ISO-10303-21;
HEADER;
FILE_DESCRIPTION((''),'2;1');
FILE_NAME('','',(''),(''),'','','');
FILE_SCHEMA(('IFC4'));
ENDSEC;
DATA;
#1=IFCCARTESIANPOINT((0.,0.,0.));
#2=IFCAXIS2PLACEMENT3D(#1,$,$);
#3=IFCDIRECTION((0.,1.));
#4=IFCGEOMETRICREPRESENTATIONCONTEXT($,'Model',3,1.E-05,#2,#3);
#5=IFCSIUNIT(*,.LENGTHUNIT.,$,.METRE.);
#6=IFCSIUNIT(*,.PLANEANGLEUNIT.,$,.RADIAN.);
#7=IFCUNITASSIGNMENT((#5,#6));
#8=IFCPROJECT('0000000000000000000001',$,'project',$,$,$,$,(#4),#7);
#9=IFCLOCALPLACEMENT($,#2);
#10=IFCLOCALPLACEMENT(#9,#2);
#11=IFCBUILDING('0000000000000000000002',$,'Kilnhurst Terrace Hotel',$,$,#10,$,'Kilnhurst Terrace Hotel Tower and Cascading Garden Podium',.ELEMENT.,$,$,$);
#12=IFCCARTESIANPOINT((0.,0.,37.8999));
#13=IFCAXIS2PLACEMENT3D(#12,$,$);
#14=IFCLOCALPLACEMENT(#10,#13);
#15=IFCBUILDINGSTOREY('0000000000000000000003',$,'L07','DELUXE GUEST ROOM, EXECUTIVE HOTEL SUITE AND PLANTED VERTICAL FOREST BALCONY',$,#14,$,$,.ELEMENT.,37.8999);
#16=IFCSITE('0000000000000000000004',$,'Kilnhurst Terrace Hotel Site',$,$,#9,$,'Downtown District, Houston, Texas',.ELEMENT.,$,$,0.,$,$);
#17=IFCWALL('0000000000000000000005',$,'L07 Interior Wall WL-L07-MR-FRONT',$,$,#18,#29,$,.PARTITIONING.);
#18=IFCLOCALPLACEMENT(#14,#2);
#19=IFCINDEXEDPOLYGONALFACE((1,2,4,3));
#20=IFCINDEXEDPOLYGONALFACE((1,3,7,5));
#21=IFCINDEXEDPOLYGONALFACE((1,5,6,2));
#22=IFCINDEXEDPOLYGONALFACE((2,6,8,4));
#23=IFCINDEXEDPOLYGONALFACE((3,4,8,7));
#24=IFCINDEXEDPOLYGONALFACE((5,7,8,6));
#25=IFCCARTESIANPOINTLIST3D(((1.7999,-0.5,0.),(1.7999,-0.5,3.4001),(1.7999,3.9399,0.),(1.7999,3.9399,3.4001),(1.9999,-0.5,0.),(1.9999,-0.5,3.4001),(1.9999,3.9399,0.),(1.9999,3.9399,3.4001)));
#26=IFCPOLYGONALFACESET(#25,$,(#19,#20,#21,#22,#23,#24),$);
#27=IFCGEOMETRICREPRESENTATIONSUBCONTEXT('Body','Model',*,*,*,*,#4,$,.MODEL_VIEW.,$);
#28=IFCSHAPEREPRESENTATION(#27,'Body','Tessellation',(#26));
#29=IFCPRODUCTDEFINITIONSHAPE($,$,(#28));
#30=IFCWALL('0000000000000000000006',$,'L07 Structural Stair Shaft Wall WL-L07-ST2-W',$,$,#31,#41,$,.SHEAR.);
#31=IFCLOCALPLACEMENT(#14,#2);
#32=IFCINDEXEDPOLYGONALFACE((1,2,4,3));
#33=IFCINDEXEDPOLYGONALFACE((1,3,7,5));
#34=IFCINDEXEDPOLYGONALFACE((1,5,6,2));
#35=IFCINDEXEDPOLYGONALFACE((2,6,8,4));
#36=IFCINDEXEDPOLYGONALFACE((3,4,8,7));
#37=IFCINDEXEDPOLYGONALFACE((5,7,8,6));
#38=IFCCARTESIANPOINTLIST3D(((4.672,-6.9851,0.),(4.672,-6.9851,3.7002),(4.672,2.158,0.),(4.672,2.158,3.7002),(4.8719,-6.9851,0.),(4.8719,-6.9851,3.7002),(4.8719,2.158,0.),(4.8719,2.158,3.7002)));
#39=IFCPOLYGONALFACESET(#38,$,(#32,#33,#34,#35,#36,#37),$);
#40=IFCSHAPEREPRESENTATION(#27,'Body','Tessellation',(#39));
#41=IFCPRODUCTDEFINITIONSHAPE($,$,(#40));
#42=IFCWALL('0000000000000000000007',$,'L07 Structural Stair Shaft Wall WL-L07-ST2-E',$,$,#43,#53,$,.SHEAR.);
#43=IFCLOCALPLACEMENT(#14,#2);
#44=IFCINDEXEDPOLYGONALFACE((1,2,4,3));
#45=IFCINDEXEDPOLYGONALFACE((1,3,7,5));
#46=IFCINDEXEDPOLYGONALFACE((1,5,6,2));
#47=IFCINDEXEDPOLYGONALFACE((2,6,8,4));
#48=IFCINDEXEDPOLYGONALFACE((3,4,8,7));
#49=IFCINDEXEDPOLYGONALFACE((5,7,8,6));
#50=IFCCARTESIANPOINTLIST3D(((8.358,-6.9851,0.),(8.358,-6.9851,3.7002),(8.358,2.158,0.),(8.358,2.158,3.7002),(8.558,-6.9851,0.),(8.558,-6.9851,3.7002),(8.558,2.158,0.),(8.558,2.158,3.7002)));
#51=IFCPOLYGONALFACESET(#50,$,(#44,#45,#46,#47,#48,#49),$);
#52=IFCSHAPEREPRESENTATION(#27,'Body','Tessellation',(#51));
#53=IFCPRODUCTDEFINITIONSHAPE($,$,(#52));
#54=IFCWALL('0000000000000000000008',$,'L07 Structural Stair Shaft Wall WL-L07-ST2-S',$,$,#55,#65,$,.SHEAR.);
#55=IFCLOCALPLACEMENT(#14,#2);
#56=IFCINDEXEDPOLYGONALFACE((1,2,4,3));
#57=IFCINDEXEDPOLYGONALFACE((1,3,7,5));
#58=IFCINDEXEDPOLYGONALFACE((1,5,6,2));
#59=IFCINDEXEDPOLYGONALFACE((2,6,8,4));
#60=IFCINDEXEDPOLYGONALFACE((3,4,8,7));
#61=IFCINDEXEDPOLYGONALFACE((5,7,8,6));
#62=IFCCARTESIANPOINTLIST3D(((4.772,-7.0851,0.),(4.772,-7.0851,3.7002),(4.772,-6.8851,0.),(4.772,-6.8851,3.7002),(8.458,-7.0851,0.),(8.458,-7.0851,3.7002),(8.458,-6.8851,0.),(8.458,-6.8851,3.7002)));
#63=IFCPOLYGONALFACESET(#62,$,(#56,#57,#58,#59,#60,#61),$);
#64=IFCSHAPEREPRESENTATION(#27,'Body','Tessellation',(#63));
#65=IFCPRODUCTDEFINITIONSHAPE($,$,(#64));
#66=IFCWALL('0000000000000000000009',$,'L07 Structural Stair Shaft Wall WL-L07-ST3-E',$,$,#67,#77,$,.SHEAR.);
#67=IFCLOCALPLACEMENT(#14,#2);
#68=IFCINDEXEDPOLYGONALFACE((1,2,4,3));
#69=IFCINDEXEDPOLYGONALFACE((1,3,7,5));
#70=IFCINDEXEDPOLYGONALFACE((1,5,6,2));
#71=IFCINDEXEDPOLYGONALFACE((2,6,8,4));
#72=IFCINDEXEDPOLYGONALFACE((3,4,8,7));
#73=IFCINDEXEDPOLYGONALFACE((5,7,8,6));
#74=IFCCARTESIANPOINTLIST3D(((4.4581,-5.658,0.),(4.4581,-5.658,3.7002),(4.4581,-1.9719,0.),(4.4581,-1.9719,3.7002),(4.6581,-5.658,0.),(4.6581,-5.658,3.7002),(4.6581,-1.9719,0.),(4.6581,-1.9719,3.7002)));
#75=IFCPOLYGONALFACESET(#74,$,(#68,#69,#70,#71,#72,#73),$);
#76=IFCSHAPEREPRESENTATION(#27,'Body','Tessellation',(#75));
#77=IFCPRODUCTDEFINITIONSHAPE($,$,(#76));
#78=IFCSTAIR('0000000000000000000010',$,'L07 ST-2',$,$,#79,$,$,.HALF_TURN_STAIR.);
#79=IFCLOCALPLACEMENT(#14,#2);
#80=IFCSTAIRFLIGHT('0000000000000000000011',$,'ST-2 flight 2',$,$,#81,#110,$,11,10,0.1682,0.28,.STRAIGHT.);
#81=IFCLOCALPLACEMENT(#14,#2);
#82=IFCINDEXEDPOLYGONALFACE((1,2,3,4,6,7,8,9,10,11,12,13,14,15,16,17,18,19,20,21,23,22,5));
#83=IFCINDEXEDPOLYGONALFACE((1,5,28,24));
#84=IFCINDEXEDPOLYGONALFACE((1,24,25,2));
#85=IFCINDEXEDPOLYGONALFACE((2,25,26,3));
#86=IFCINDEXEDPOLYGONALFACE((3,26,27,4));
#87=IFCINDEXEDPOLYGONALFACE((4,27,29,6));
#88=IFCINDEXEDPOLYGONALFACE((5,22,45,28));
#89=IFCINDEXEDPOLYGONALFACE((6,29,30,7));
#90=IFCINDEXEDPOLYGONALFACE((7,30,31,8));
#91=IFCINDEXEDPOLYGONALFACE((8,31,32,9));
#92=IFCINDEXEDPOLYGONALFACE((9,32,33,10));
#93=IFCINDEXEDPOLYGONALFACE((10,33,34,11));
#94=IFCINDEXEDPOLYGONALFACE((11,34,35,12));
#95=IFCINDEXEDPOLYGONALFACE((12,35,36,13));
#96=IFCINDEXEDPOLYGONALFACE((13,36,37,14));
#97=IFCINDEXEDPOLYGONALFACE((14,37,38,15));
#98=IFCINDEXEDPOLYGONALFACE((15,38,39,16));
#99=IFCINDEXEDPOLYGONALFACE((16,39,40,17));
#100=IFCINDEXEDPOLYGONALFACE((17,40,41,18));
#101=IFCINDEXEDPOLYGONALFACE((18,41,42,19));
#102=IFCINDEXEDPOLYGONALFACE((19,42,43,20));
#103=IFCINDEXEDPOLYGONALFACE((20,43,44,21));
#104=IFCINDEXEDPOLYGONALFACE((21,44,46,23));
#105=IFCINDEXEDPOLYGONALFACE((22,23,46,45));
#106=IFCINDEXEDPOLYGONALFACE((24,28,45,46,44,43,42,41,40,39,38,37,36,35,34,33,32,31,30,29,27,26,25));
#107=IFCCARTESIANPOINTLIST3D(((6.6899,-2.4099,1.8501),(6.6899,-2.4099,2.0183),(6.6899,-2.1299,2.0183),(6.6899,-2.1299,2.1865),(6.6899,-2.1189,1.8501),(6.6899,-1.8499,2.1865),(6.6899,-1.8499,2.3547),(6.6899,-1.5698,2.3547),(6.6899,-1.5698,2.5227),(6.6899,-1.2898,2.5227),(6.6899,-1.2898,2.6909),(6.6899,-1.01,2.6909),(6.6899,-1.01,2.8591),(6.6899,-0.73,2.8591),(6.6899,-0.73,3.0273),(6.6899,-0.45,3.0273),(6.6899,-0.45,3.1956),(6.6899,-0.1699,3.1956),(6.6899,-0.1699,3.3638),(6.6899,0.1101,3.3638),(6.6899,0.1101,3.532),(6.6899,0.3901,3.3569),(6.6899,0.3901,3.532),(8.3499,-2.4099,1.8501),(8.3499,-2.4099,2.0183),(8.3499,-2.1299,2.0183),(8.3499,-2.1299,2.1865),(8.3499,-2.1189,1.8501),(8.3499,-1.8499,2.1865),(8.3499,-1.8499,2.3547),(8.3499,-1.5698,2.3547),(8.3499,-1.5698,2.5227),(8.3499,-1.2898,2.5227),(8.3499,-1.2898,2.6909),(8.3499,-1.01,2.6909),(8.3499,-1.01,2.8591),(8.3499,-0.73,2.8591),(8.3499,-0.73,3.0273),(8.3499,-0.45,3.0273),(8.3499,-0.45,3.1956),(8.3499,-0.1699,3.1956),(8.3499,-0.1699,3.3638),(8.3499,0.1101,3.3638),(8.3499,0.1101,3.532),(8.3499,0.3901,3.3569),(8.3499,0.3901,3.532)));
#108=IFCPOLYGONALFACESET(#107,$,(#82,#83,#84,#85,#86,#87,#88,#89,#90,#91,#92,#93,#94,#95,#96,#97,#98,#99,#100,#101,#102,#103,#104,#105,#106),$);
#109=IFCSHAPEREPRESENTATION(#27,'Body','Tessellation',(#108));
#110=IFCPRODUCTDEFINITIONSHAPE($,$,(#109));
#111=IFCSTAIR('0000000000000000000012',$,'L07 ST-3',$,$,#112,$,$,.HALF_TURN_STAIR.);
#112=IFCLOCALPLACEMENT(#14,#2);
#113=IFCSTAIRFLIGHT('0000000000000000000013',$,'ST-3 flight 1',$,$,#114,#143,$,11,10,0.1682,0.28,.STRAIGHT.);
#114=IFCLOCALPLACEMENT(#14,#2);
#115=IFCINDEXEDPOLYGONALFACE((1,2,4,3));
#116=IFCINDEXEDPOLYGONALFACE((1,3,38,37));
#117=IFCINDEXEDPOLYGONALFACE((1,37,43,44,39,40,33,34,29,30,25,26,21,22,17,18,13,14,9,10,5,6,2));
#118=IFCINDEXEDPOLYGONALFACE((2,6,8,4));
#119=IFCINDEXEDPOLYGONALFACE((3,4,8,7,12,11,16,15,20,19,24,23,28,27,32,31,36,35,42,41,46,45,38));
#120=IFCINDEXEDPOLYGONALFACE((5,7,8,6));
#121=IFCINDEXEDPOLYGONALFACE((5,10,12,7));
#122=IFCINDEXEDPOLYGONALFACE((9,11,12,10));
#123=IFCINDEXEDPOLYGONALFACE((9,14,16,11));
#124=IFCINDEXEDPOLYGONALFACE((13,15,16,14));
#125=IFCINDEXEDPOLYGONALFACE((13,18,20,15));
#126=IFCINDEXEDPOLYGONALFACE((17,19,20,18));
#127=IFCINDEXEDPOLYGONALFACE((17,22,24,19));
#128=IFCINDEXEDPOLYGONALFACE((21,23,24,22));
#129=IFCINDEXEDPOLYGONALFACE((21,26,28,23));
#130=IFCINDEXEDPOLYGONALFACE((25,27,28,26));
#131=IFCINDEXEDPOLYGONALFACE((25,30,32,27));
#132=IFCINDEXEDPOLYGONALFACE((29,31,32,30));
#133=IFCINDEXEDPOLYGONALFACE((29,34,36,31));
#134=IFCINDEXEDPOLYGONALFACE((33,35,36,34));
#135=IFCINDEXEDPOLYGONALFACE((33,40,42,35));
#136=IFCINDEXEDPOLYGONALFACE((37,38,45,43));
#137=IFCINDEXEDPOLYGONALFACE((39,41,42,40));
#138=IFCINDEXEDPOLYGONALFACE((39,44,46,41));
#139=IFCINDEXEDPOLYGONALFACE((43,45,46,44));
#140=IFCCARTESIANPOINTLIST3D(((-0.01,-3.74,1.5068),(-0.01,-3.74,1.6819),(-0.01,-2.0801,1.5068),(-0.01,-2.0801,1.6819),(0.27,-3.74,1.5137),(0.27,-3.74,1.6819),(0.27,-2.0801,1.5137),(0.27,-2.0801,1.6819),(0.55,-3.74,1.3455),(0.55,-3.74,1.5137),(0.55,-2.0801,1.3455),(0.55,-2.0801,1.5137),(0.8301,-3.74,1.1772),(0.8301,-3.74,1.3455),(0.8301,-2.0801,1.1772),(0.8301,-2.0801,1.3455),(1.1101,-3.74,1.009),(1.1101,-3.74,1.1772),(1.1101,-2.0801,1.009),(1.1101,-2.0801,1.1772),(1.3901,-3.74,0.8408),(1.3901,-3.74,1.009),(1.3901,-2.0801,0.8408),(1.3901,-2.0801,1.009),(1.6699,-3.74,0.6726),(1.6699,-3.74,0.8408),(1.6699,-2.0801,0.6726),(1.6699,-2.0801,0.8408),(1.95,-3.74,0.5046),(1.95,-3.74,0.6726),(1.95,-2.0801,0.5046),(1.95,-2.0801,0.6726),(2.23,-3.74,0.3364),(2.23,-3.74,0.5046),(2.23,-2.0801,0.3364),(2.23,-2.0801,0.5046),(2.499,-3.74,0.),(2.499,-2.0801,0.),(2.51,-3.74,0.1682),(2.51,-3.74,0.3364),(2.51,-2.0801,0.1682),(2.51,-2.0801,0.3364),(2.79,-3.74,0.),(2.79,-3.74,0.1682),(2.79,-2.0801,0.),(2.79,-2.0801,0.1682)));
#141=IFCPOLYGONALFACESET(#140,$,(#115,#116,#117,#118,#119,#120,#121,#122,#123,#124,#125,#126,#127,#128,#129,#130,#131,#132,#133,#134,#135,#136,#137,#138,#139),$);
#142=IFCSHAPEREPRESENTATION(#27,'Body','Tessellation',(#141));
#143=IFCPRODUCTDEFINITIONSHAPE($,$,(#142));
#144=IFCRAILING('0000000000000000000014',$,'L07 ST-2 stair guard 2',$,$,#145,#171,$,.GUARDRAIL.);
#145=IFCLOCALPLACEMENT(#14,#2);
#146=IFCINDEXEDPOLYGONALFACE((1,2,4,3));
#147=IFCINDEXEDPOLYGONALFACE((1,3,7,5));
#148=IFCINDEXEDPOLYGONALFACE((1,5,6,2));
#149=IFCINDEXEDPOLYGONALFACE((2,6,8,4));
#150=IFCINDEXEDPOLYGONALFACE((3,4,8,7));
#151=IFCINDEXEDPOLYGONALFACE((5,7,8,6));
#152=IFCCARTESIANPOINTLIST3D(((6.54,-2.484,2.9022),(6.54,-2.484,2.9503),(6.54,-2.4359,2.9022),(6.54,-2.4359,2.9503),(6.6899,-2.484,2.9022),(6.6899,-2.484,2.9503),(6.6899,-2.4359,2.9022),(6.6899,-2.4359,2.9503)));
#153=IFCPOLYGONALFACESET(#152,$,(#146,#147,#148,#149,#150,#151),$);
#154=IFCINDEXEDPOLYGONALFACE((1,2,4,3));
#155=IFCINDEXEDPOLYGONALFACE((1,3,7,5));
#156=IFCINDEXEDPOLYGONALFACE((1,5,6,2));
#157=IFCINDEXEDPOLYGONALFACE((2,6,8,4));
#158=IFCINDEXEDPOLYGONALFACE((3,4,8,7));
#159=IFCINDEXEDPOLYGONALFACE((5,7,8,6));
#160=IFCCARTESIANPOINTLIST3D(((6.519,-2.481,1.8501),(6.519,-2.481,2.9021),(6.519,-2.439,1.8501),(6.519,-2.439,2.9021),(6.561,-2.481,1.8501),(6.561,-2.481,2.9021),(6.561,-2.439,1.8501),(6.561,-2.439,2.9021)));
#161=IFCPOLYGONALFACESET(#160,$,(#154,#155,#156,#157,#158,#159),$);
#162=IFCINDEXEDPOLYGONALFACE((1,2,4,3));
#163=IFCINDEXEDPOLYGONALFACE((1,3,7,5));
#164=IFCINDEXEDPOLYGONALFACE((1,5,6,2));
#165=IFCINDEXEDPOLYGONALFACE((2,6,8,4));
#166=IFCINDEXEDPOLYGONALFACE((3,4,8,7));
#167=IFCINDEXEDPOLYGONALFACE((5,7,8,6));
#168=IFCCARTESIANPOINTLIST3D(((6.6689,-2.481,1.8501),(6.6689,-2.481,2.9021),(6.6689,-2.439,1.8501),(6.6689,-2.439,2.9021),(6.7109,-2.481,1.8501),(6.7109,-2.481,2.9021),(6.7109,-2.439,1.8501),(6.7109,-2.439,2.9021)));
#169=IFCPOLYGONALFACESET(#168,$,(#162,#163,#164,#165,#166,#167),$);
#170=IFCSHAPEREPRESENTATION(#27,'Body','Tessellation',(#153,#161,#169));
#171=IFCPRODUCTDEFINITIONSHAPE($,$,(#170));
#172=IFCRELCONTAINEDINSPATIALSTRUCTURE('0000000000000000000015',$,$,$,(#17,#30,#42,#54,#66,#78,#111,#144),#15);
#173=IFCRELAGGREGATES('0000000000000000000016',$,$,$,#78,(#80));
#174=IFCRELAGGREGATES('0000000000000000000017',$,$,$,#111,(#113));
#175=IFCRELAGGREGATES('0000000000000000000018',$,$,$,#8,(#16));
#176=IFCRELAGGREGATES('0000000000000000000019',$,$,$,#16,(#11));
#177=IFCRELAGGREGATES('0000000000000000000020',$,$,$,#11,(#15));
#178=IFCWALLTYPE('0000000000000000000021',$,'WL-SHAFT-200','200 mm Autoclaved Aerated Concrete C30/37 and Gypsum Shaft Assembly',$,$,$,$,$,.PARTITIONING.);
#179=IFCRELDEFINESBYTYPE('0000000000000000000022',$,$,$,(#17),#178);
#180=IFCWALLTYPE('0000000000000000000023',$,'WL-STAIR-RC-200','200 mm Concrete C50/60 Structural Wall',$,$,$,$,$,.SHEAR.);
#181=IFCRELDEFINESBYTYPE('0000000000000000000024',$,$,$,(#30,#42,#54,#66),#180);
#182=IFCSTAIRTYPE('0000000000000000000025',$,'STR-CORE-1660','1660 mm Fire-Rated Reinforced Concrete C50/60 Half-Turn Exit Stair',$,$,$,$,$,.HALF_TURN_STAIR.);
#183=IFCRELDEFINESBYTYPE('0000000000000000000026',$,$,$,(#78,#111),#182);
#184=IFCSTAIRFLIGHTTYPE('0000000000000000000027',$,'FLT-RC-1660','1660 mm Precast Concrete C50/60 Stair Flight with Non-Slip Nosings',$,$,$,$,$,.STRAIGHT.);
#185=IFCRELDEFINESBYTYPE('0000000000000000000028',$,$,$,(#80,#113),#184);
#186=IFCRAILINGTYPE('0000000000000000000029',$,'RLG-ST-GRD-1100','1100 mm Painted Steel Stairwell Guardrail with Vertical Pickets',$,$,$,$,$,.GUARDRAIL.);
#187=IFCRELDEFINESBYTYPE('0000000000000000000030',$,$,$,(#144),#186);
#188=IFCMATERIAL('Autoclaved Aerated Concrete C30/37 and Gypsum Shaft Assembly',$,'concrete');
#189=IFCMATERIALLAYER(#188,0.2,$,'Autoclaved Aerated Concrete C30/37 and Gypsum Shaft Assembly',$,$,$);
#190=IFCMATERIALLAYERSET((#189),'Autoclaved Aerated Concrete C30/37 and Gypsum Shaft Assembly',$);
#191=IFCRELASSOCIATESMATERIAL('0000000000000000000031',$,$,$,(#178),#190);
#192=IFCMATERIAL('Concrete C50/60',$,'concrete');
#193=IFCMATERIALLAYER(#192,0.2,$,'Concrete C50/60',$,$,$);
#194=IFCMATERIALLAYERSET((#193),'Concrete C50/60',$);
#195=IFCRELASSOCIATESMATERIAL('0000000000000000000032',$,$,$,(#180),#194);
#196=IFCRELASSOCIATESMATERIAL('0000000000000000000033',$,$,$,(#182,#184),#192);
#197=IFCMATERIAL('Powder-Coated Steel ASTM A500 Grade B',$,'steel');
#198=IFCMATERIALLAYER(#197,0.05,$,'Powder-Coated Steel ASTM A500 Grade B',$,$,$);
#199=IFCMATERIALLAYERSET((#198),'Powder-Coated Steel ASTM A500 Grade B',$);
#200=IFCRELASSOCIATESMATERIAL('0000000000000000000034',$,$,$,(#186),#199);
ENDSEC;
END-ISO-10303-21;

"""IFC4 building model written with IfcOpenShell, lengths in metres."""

from ifc_helpers import new_model, si_unit, direction, frame, frame_2d, origin, origin_2d, place, context, subcontext, project, spatial, polyline, rectangle, outline, extrude, material, layer, layer_set, type_object, element, aggregate, save


model = new_model("IFC4")

# Units and contexts
model_context = context("Model", 3, precision=1e-05, world=origin(), true_north=direction((0.0, 1.0)))
body_context = subcontext(model_context, "Body", "Model", "MODEL_VIEW")
ifc_project = project(units=[si_unit("LENGTHUNIT", "METRE"), si_unit("PLANEANGLEUNIT", "RADIAN")], contexts=[model_context])

# Site, building, storey
site_placement = place(None, origin())
site = spatial("IfcSite", under=ifc_project, at=site_placement, Name="Kilnhurst Terrace Hotel Site", LongName="Downtown District, Houston, Texas", CompositionType="ELEMENT", RefElevation=0.0)
building_placement = place(site_placement, origin())
building = spatial("IfcBuilding", under=site, at=building_placement, Name="Kilnhurst Terrace Hotel", LongName="Kilnhurst Terrace Hotel Tower and Cascading Garden Podium", CompositionType="ELEMENT")
storey_placement = place(building_placement, frame((0.0, 0.0, 37.8999)))
storey = spatial("IfcBuildingStorey", under=building, at=storey_placement, Name="L07", Description="DELUXE GUEST ROOM, EXECUTIVE HOTEL SUITE AND PLANTED VERTICAL FOREST BALCONY", CompositionType="ELEMENT", Elevation=37.8999)

# Shared definitions
ifc_material_1 = material(Name="Concrete C50/60", Category="concrete")

# Walls
ifc_material_2 = material(Name="Autoclaved Aerated Concrete C30/37 and Gypsum Shaft Assembly", Category="concrete")
ifc_layer_1 = layer(ifc_material_2, 0.2, Name="Autoclaved Aerated Concrete C30/37 and Gypsum Shaft Assembly")
ifc_layer_set_1 = layer_set([ifc_layer_1], Name="Autoclaved Aerated Concrete C30/37 and Gypsum Shaft Assembly")
wall_type_1 = type_object("IfcWallType", Name="WL-SHAFT-200", Description="200 mm Autoclaved Aerated Concrete C30/37 and Gypsum Shaft Assembly", PredefinedType="PARTITIONING", material=ifc_layer_set_1)
wall_1_placement = place(storey_placement, frame((1.8999, -0.5, 0.0), z_axis=(0.0, 0.0, 1.0), x_axis=(0.0, 1.0, 0.0)))
element("IfcWall", 1, at=wall_1_placement, inside=storey, type_object=wall_type_1, Name="L07 Interior Wall WL-L07-MR-FRONT", PredefinedType="PARTITIONING", context=body_context, shape_type="SweptSolid", body=[
    extrude(rectangle(XDim=4.4399, YDim=0.2, at=frame_2d((2.22, 0.0))), origin(), (0.0, 0.0, 1.0), 3.4001),
])
ifc_layer_2 = layer(ifc_material_1, 0.2, Name="Concrete C50/60")
ifc_layer_set_2 = layer_set([ifc_layer_2], Name="Concrete C50/60")
wall_type_2 = type_object("IfcWallType", Name="WL-STAIR-RC-200", Description="200 mm Concrete C50/60 Structural Wall", PredefinedType="SHEAR", material=ifc_layer_set_2)
for number, where, z_axis, x_axis, name in (
    (2, (4.772, -6.9851, 0.0), (0.0, 0.0, 1.0), (0.0, 1.0, 0.0), "L07 Structural Stair Shaft Wall WL-L07-ST2-W"),
    (3, (8.458, -6.9851, 0.0), (0.0, 0.0, 1.0), (0.0, 1.0, 0.0), "L07 Structural Stair Shaft Wall WL-L07-ST2-E"),
):
    element("IfcWall", number, at=place(storey_placement, frame(where, z_axis=z_axis, x_axis=x_axis)), inside=storey, type_object=wall_type_2, Name=name, PredefinedType="SHEAR", context=body_context, shape_type="SweptSolid", body=[
        extrude(rectangle(XDim=9.1431, YDim=0.2, at=frame_2d((4.5715, 0.0))), origin(), (0.0, 0.0, 1.0), 3.7002),
    ])
for number, where, z_axis, x_axis, name in (
    (4, (4.772, -6.9851, 0.0), (0.0, 0.0, 1.0), (1.0, 0.0, 0.0), "L07 Structural Stair Shaft Wall WL-L07-ST2-S"),
    (5, (4.5581, -5.658, 0.0), (0.0, 0.0, 1.0), (0.0, 1.0, 0.0), "L07 Structural Stair Shaft Wall WL-L07-ST3-E"),
):
    element("IfcWall", number, at=place(storey_placement, frame(where, z_axis=z_axis, x_axis=x_axis)), inside=storey, type_object=wall_type_2, Name=name, PredefinedType="SHEAR", context=body_context, shape_type="SweptSolid", body=[
        extrude(rectangle(XDim=3.686, YDim=0.2, at=frame_2d((1.843, 0.0))), origin(), (0.0, 0.0, 1.0), 3.7002),
    ])

# Stairs, stair flights
stair_type = type_object("IfcStairType", Name="STR-CORE-1660", Description="1660 mm Fire-Rated Reinforced Concrete C50/60 Half-Turn Exit Stair", PredefinedType="HALF_TURN_STAIR", material=ifc_material_1)
stair_1_placement = place(storey_placement, origin())
stair_1 = element("IfcStair", 6, at=stair_1_placement, inside=storey, type_object=stair_type, Name="L07 ST-2", PredefinedType="HALF_TURN_STAIR")
stair_flight_type = type_object("IfcStairFlightType", Name="FLT-RC-1660", Description="1660 mm Precast Concrete C50/60 Stair Flight with Non-Slip Nosings", PredefinedType="STRAIGHT", material=ifc_material_1)
stair_flight_1_placement = place(storey_placement, frame((7.52, -2.4099, 1.8501), z_axis=(0.0, 0.0, 1.0), x_axis=(0.0, 1.0, 0.0)))
stair_flight_1 = element("IfcStairFlight", 7, at=stair_flight_1_placement, type_object=stair_flight_type, Name="ST-2 flight 2", NumberOfRisers=11, NumberOfTreads=10, PredefinedType="STRAIGHT", RiserHeight=0.1682, TreadLength=0.28, context=body_context, shape_type="SweptSolid", body=[
    extrude(outline(polyline([(0.0, 0.0), (0.0, 0.1682), (0.28, 0.1682), (0.28, 0.3364), (0.5601, 0.3364), (0.5601, 0.5046), (0.8401, 0.5046), (0.8401, 0.6726), (1.1201, 0.6726), (1.1201, 0.8408), (1.3999, 0.8408), (1.3999, 1.009), (1.6799, 1.009), (1.6799, 1.1772), (1.96, 1.1772), (1.96, 1.3455), (2.24, 1.3455), (2.24, 1.5137), (2.52, 1.5137), (2.52, 1.6819), (2.8, 1.6819), (2.8, 1.8501), (2.8, 1.5068), (0.291, 0.0), (0.0, 0.0)])), frame((0.0, 0.8301, 0.0), z_axis=(0.0, -1.0, 0.0), x_axis=(1.0, 0.0, 0.0)), (0.0, 0.0, 1.0), 1.6599),
])
aggregate(stair_1, [stair_flight_1])
stair_2_placement = place(storey_placement, origin())
stair_2 = element("IfcStair", 8, at=stair_2_placement, inside=storey, type_object=stair_type, Name="L07 ST-3", PredefinedType="HALF_TURN_STAIR")
stair_flight_2_placement = place(storey_placement, frame((2.79, -2.9099, 0.0), z_axis=(0.0, 0.0, 1.0), x_axis=(-1.0, 0.0, 0.0)))
stair_flight_2 = element("IfcStairFlight", 9, at=stair_flight_2_placement, type_object=stair_flight_type, Name="ST-3 flight 1", NumberOfRisers=11, NumberOfTreads=10, PredefinedType="STRAIGHT", RiserHeight=0.1682, TreadLength=0.28, context=body_context, shape_type="SweptSolid", body=[
    extrude(outline(polyline([(0.0, 0.0), (0.0, 0.1682), (0.28, 0.1682), (0.28, 0.3364), (0.5601, 0.3364), (0.5601, 0.5046), (0.8401, 0.5046), (0.8401, 0.6726), (1.1201, 0.6726), (1.1201, 0.8408), (1.3999, 0.8408), (1.3999, 1.009), (1.6799, 1.009), (1.6799, 1.1772), (1.96, 1.1772), (1.96, 1.3455), (2.24, 1.3455), (2.24, 1.5137), (2.52, 1.5137), (2.52, 1.6819), (2.8, 1.6819), (2.8, 1.8501), (2.8, 1.5068), (0.291, 0.0), (0.0, 0.0)])), frame((0.0, 0.8301, 0.0), z_axis=(0.0, -1.0, 0.0), x_axis=(1.0, 0.0, 0.0)), (0.0, 0.0, 1.0), 1.6599),
])
aggregate(stair_2, [stair_flight_2])

# Railing
ifc_material_3 = material(Name="Powder-Coated Steel ASTM A500 Grade B", Category="steel")
ifc_layer_3 = layer(ifc_material_3, 0.05, Name="Powder-Coated Steel ASTM A500 Grade B")
ifc_layer_set_3 = layer_set([ifc_layer_3], Name="Powder-Coated Steel ASTM A500 Grade B")
railing_type_1 = type_object("IfcRailingType", Name="RLG-ST-GRD-1100", Description="1100 mm Painted Steel Stairwell Guardrail with Vertical Pickets", PredefinedType="GUARDRAIL", material=ifc_layer_set_3)
railing_1_placement = place(storey_placement, frame((6.54, -2.46, 1.8501)))
element("IfcRailing", 10, at=railing_1_placement, inside=storey, type_object=railing_type_1, Name="L07 ST-2 stair guard 2", PredefinedType="GUARDRAIL", context=body_context, shape_type="SweptSolid", body=[
    extrude(rectangle(XDim=0.0481, YDim=0.0481, at=origin_2d()), frame((0.0, 0.0, 1.0762), z_axis=(1.0, 0.0, 0.0), x_axis=(0.0, 1.0, 0.0)), (0.0, 0.0, 1.0), 0.1499),
    extrude(rectangle(XDim=0.042, YDim=0.042, at=origin_2d()), origin(), (0.0, 0.0, 1.0), 1.052),
    extrude(rectangle(XDim=0.042, YDim=0.042, at=origin_2d()), frame((0.1499, 0.0, 0.0)), (0.0, 0.0, 1.0), 1.052),
])

save(model, "model.ifc")
